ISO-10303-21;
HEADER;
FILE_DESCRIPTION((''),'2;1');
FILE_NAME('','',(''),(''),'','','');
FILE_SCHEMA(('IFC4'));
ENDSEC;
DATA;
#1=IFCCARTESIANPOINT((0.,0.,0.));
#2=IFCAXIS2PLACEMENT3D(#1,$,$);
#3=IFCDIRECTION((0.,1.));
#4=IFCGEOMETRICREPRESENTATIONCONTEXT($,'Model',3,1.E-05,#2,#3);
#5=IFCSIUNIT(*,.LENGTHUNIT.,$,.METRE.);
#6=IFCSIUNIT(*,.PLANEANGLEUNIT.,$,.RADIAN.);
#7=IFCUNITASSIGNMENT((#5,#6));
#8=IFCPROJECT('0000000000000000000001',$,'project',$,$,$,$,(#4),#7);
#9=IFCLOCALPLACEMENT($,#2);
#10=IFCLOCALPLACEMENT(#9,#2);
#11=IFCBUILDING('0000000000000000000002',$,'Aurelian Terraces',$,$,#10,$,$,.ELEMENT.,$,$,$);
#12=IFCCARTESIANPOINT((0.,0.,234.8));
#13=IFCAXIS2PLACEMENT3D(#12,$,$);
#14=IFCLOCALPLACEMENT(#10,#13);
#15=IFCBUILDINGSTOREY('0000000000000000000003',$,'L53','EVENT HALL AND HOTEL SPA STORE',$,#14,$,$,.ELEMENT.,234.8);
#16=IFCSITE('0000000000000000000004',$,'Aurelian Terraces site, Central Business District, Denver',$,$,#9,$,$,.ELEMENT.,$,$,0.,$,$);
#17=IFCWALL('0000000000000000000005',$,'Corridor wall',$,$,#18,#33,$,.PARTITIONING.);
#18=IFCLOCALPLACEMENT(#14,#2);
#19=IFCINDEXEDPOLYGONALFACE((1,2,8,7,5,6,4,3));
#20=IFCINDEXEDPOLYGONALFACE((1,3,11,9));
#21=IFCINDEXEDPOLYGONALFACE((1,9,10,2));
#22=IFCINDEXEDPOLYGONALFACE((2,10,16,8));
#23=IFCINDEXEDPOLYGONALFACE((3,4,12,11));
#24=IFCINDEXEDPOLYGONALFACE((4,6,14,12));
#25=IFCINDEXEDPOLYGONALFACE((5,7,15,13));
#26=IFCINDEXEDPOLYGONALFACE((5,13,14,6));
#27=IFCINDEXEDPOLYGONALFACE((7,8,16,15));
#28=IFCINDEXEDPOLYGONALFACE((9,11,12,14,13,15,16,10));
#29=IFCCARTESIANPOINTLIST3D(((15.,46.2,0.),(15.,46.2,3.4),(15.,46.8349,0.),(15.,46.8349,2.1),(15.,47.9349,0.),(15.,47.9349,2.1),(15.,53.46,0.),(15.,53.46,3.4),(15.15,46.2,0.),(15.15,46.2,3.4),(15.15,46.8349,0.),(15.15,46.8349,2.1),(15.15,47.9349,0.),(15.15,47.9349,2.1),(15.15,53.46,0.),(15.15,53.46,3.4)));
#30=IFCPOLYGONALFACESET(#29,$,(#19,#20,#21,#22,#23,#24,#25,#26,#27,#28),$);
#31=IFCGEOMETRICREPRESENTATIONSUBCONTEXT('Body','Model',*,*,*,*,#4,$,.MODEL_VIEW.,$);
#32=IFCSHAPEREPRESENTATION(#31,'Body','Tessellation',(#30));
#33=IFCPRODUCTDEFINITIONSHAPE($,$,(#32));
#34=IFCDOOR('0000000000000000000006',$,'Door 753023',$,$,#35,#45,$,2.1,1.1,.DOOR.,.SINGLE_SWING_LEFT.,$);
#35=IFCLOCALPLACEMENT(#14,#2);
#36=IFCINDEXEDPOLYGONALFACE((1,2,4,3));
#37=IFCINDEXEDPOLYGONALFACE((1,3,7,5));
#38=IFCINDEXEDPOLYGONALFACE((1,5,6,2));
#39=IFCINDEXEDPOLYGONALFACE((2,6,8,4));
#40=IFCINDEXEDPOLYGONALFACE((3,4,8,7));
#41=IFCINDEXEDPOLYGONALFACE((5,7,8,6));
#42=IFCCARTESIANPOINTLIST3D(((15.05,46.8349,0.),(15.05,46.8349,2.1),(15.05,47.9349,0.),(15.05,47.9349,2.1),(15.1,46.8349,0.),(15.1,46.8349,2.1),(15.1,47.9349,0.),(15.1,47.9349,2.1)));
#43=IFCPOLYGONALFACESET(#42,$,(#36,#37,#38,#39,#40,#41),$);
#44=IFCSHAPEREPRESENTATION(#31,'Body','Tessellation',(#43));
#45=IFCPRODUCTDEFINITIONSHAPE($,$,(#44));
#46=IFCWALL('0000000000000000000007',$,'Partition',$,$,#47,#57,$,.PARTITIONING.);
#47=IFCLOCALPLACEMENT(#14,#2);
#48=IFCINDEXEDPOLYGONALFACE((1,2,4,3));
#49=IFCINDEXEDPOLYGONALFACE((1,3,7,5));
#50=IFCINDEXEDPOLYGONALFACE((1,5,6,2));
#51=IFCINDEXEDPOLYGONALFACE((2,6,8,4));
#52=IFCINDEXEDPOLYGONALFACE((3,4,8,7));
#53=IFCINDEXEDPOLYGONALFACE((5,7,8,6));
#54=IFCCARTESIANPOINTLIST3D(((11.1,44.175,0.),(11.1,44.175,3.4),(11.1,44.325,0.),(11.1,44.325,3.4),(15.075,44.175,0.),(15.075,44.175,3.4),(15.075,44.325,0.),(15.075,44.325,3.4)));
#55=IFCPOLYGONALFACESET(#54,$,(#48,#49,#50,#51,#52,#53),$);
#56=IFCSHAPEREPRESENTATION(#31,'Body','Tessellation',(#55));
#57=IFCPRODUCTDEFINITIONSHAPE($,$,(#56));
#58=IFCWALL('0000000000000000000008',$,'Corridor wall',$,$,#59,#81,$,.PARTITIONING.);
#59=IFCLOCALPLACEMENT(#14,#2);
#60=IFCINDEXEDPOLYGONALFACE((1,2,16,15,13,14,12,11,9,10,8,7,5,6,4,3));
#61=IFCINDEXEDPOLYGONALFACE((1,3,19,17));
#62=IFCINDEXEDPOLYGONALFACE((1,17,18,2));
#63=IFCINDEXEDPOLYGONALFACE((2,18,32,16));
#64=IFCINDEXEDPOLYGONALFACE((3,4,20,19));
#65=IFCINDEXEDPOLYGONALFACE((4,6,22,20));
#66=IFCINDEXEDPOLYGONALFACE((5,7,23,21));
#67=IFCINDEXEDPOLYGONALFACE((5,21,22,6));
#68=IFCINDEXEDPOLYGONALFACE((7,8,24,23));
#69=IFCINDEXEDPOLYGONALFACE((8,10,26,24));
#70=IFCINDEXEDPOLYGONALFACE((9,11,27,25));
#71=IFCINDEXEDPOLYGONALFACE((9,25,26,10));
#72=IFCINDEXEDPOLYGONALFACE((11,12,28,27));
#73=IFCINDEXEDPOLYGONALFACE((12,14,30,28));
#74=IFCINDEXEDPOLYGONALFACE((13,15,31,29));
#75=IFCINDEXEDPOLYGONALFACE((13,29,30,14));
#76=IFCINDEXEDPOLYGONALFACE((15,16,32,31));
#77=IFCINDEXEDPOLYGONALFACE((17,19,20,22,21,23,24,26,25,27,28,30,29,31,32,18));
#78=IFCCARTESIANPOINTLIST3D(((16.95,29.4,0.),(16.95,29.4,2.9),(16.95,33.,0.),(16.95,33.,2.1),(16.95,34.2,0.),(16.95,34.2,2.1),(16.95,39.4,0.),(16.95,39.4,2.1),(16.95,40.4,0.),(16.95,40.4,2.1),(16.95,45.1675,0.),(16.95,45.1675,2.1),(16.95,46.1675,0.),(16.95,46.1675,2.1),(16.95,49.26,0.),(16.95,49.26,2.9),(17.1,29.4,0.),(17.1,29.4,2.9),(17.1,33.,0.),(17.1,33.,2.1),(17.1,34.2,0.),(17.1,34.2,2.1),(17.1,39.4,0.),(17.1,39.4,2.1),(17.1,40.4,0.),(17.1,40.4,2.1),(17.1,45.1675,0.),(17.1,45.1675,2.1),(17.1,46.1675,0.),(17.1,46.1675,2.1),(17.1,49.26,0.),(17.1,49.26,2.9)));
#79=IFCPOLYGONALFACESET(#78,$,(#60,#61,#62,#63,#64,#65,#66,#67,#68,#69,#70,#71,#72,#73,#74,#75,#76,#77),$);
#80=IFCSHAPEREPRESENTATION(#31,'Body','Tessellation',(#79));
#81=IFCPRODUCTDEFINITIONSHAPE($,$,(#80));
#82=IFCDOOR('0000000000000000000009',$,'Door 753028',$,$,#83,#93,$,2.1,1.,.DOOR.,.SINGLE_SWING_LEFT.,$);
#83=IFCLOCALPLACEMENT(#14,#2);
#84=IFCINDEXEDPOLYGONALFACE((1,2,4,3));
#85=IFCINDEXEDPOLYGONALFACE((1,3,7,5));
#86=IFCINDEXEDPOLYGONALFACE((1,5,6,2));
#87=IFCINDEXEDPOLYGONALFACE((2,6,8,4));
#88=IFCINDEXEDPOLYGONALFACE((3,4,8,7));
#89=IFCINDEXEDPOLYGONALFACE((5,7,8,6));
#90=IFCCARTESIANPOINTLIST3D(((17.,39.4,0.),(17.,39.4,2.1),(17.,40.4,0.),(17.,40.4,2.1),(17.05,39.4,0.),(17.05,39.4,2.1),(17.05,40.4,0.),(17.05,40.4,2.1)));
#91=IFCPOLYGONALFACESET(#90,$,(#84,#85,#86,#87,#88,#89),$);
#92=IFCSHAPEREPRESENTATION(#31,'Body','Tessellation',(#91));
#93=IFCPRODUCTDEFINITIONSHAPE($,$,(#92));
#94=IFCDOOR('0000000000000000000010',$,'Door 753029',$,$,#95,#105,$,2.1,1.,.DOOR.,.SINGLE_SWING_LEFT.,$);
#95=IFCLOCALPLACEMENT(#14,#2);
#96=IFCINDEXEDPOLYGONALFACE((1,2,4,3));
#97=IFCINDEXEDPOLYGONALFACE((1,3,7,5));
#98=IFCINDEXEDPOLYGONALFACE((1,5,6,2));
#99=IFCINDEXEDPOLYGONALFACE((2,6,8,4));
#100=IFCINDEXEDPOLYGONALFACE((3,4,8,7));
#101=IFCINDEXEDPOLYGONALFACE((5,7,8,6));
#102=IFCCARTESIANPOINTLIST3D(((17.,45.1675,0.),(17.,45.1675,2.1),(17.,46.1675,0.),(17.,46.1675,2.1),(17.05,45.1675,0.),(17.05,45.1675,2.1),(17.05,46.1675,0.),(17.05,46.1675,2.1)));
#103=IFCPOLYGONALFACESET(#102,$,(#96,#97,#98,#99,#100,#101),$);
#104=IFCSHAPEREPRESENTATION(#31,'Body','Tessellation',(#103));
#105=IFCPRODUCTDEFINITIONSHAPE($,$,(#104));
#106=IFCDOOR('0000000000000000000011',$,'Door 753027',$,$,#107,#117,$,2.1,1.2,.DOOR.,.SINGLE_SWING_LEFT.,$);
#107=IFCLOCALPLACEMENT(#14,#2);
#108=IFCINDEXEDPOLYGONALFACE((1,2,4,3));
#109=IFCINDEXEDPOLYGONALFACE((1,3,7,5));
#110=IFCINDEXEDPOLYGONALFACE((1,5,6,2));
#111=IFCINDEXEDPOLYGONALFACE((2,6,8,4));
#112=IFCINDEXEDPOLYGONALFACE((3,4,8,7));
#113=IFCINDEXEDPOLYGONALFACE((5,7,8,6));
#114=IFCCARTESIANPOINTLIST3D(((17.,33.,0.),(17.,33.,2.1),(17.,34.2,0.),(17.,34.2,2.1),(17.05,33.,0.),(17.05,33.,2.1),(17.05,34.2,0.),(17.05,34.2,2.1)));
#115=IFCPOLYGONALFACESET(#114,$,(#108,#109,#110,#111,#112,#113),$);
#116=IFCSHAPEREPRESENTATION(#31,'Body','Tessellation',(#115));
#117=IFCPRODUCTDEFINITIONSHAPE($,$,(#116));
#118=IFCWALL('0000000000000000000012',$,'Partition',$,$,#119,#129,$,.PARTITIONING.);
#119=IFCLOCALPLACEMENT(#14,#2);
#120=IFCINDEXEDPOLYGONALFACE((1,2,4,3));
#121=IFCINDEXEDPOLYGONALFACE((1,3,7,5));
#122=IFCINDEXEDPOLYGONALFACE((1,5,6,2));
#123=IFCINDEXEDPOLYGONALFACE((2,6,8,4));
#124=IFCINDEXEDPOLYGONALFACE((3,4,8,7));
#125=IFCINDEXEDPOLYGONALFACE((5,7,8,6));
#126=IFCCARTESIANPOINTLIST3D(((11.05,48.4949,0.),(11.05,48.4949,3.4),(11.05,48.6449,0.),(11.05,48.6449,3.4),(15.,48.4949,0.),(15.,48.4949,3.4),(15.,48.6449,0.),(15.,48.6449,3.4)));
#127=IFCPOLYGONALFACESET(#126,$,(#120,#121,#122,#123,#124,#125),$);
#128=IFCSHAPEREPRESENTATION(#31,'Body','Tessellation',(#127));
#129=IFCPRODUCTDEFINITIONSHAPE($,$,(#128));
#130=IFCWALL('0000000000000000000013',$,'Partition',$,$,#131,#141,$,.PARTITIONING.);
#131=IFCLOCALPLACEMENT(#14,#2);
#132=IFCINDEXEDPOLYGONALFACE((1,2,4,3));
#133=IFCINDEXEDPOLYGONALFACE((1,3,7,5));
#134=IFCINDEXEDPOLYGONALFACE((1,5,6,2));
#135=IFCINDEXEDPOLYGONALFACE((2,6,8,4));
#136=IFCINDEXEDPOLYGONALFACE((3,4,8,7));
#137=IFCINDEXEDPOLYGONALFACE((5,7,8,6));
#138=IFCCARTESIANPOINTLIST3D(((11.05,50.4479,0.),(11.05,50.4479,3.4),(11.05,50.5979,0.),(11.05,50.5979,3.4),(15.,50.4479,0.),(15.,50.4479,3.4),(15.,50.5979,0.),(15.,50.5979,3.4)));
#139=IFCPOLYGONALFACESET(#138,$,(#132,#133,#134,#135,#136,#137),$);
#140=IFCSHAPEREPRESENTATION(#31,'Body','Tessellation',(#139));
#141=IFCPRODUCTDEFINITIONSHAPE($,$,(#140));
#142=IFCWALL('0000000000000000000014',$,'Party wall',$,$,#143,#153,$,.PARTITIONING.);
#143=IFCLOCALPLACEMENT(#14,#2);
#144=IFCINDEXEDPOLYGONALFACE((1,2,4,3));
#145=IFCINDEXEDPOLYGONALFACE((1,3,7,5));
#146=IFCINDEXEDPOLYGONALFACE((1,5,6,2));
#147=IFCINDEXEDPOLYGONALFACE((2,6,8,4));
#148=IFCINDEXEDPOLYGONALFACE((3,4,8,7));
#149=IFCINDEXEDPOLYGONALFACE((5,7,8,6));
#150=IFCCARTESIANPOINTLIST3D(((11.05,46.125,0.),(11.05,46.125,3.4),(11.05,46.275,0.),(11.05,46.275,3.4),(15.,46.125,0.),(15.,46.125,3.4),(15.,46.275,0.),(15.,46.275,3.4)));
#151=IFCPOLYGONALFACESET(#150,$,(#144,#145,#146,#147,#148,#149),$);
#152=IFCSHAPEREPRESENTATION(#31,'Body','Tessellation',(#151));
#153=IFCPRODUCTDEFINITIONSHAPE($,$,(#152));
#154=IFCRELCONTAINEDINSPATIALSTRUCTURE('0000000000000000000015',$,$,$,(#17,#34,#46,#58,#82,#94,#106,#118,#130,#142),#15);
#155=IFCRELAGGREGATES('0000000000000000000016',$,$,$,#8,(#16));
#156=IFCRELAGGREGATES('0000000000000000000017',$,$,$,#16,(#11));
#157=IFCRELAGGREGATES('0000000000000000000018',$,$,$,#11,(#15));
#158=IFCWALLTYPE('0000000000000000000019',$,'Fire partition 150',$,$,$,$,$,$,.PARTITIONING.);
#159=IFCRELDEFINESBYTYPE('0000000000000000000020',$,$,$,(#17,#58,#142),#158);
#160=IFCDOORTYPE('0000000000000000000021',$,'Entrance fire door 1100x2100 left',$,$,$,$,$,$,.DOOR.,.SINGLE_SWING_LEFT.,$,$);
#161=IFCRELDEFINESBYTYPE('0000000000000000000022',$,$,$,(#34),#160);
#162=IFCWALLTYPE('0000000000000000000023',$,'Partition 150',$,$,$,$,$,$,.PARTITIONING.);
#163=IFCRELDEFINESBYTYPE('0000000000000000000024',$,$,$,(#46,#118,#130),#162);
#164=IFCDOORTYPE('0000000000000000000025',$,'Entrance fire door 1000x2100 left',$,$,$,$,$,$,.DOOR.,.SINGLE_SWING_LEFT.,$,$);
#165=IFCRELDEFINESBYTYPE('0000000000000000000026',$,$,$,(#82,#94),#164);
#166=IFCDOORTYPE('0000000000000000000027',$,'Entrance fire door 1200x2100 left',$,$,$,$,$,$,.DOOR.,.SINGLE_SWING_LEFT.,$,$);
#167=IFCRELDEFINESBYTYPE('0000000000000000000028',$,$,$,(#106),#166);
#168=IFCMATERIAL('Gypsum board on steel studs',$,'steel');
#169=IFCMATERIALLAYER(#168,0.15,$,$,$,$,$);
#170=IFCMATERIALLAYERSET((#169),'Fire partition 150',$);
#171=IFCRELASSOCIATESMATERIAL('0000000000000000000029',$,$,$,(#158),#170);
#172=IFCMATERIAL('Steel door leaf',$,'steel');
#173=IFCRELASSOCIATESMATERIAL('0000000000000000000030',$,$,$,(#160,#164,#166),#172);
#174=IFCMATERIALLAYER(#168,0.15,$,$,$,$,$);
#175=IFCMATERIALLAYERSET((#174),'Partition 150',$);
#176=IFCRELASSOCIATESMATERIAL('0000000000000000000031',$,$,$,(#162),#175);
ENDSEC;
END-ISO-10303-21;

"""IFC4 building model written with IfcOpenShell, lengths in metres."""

from ifc_helpers import new_model, si_unit, direction, frame, frame_2d, origin, place, context, subcontext, project, spatial, rectangle, extrude, source, transform, mapped, material, layer, layer_set, type_object, element, fill, save


model = new_model("IFC4")

# Units and contexts
model_context = context("Model", 3, precision=1e-05, world=origin(), true_north=direction((0.0, 1.0)))
body_context = subcontext(model_context, "Body", "Model", "MODEL_VIEW")
ifc_project = project(units=[si_unit("LENGTHUNIT", "METRE"), si_unit("PLANEANGLEUNIT", "RADIAN")], contexts=[model_context])

# Site, building, storey
site_placement = place(None, origin())
site = spatial("IfcSite", under=ifc_project, at=site_placement, Name="Aurelian Terraces site, Central Business District, Denver", CompositionType="ELEMENT", RefElevation=0.0)
building_placement = place(site_placement, origin())
building = spatial("IfcBuilding", under=site, at=building_placement, Name="Aurelian Terraces", CompositionType="ELEMENT")
storey_placement = place(building_placement, frame((0.0, 0.0, 234.8)))
storey = spatial("IfcBuildingStorey", under=building, at=storey_placement, Name="L53", Description="EVENT HALL AND HOTEL SPA STORE", CompositionType="ELEMENT", Elevation=234.8)

# Shared definitions
ifc_material_1 = material(Name="Gypsum board on steel studs", Category="steel")
ifc_layer_1 = layer(ifc_material_1, 0.15)
ifc_layer_set_1 = layer_set([ifc_layer_1], Name="Fire partition 150")
wall_type_1 = type_object("IfcWallType", Name="Fire partition 150", PredefinedType="PARTITIONING", material=ifc_layer_set_1)

# Wall, opening, door
shared_shape_1 = source(origin(), body_context, "Body", "SweptSolid", [
    extrude(rectangle(XDim=7.26, YDim=0.15, at=frame_2d((3.63, 0.0))), origin(), (0.0, 0.0, 1.0), 3.4),
])
wall_1_placement = place(storey_placement, frame((15.075, 46.2, 0.0), z_axis=(0.0, 0.0, 1.0), x_axis=(0.0, 1.0, 0.0)))
wall_1 = element("IfcWall", 1, at=wall_1_placement, inside=storey, type_object=wall_type_1, Name="Corridor wall", PredefinedType="PARTITIONING", context=body_context, shape_type="MappedRepresentation", body=[
    mapped(shared_shape_1, transform((0.0, 0.0, 0.0), scale=1.0)),
])
shared_shape_2 = source(origin(), body_context, "Body", "SweptSolid", [
    extrude(rectangle(XDim=1.1, YDim=2.1, at=frame_2d((0.55, 1.05))), frame((0.0, 0.085, 0.0), z_axis=(0.0, -1.0, 0.0), x_axis=(1.0, 0.0, 0.0)), (0.0, 0.0, 1.0), 0.17),
])
opening_1_placement = place(wall_1_placement, frame((0.6349, 0.0, 0.0)))
opening_1 = element("IfcOpeningElement", 2, at=opening_1_placement, cuts=wall_1, PredefinedType="OPENING", context=body_context, shape_type="MappedRepresentation", body=[
    mapped(shared_shape_2, transform((0.0, 0.0, 0.0), scale=1.0)),
])
ifc_material_2 = material(Name="Steel door leaf", Category="steel")
door_type_1 = type_object("IfcDoorType", Name="Entrance fire door 1100x2100 left", OperationType="SINGLE_SWING_LEFT", PredefinedType="DOOR", material=ifc_material_2)
shared_shape_3 = source(origin(), body_context, "Body", "SweptSolid", [
    extrude(rectangle(XDim=1.1, YDim=2.1, at=frame_2d((0.55, 1.05))), frame((0.0, 0.025, 0.0), z_axis=(0.0, -1.0, 0.0), x_axis=(1.0, 0.0, 0.0)), (0.0, 0.0, 1.0), 0.05),
])
door_1_placement = place(opening_1_placement, origin())
door_1 = element("IfcDoor", 3, at=door_1_placement, inside=storey, type_object=door_type_1, Name="Door 753023", OperationType="SINGLE_SWING_LEFT", OverallHeight=2.1, OverallWidth=1.1, PredefinedType="DOOR", context=body_context, shape_type="MappedRepresentation", body=[
    mapped(shared_shape_3, transform((0.0, 0.0, 0.0), scale=1.0)),
])
fill(opening_1, door_1)

# Wall
ifc_layer_2 = layer(ifc_material_1, 0.15)
ifc_layer_set_2 = layer_set([ifc_layer_2], Name="Partition 150")
wall_type_2 = type_object("IfcWallType", Name="Partition 150", PredefinedType="PARTITIONING", material=ifc_layer_set_2)
shared_shape_4 = source(origin(), body_context, "Body", "SweptSolid", [
    extrude(rectangle(XDim=3.975, YDim=0.15, at=frame_2d((1.9875, 0.0))), origin(), (0.0, 0.0, 1.0), 3.4),
])
wall_2_placement = place(storey_placement, frame((15.075, 44.25, 0.0), z_axis=(0.0, 0.0, 1.0), x_axis=(-1.0, 0.0, 0.0)))
element("IfcWall", 4, at=wall_2_placement, inside=storey, type_object=wall_type_2, Name="Partition", PredefinedType="PARTITIONING", context=body_context, shape_type="MappedRepresentation", body=[
    mapped(shared_shape_4, transform((0.0, 0.0, 0.0), scale=1.0)),
])

# Wall, openings, doors
shared_shape_5 = source(origin(), body_context, "Body", "SweptSolid", [
    extrude(rectangle(XDim=19.86, YDim=0.15, at=frame_2d((9.93, 0.0))), origin(), (0.0, 0.0, 1.0), 2.9),
])
wall_3_placement = place(storey_placement, frame((17.025, 49.26, 0.0), z_axis=(0.0, 0.0, 1.0), x_axis=(0.0, -1.0, 0.0)))
wall_3 = element("IfcWall", 5, at=wall_3_placement, inside=storey, type_object=wall_type_1, Name="Corridor wall", PredefinedType="PARTITIONING", context=body_context, shape_type="MappedRepresentation", body=[
    mapped(shared_shape_5, transform((0.0, 0.0, 0.0), scale=1.0)),
])
shared_shape_6 = source(origin(), body_context, "Body", "SweptSolid", [
    extrude(rectangle(XDim=1.2, YDim=2.1, at=frame_2d((0.6, 1.05))), frame((0.0, 0.085, 0.0), z_axis=(0.0, -1.0, 0.0), x_axis=(1.0, 0.0, 0.0)), (0.0, 0.0, 1.0), 0.17),
])
opening_2_placement = place(wall_3_placement, frame((15.06, 0.0, 0.0)))
opening_2 = element("IfcOpeningElement", 6, at=opening_2_placement, cuts=wall_3, PredefinedType="OPENING", context=body_context, shape_type="MappedRepresentation", body=[
    mapped(shared_shape_6, transform((0.0, 0.0, 0.0), scale=1.0)),
])
shared_shape_7 = source(origin(), body_context, "Body", "SweptSolid", [
    extrude(rectangle(XDim=1.0, YDim=2.1, at=frame_2d((0.5, 1.05))), frame((0.0, 0.085, 0.0), z_axis=(0.0, -1.0, 0.0), x_axis=(1.0, 0.0, 0.0)), (0.0, 0.0, 1.0), 0.17),
])
opening_3_placement = place(wall_3_placement, frame((8.86, 0.0, 0.0)))
opening_3 = element("IfcOpeningElement", 7, at=opening_3_placement, cuts=wall_3, PredefinedType="OPENING", context=body_context, shape_type="MappedRepresentation", body=[
    mapped(shared_shape_7, transform((0.0, 0.0, 0.0), scale=1.0)),
])
opening_4_placement = place(wall_3_placement, frame((3.0925, 0.0, 0.0)))
opening_4 = element("IfcOpeningElement", 8, at=opening_4_placement, cuts=wall_3, PredefinedType="OPENING", context=body_context, shape_type="MappedRepresentation", body=[
    mapped(shared_shape_7, transform((0.0, 0.0, 0.0), scale=1.0)),
])
door_type_2 = type_object("IfcDoorType", Name="Entrance fire door 1000x2100 left", OperationType="SINGLE_SWING_LEFT", PredefinedType="DOOR", material=ifc_material_2)
shared_shape_8 = source(origin(), body_context, "Body", "SweptSolid", [
    extrude(rectangle(XDim=1.0, YDim=2.1, at=frame_2d((0.5, 1.05))), frame((0.0, 0.025, 0.0), z_axis=(0.0, -1.0, 0.0), x_axis=(1.0, 0.0, 0.0)), (0.0, 0.0, 1.0), 0.05),
])
door_2_placement = place(opening_3_placement, origin())
door_2 = element("IfcDoor", 9, at=door_2_placement, inside=storey, type_object=door_type_2, Name="Door 753028", OperationType="SINGLE_SWING_LEFT", OverallHeight=2.1, OverallWidth=1.0, PredefinedType="DOOR", context=body_context, shape_type="MappedRepresentation", body=[
    mapped(shared_shape_8, transform((0.0, 0.0, 0.0), scale=1.0)),
])
fill(opening_3, door_2)
door_3_placement = place(opening_4_placement, origin())
door_3 = element("IfcDoor", 10, at=door_3_placement, inside=storey, type_object=door_type_2, Name="Door 753029", OperationType="SINGLE_SWING_LEFT", OverallHeight=2.1, OverallWidth=1.0, PredefinedType="DOOR", context=body_context, shape_type="MappedRepresentation", body=[
    mapped(shared_shape_8, transform((0.0, 0.0, 0.0), scale=1.0)),
])
fill(opening_4, door_3)
door_type_3 = type_object("IfcDoorType", Name="Entrance fire door 1200x2100 left", OperationType="SINGLE_SWING_LEFT", PredefinedType="DOOR", material=ifc_material_2)
shared_shape_9 = source(origin(), body_context, "Body", "SweptSolid", [
    extrude(rectangle(XDim=1.2, YDim=2.1, at=frame_2d((0.6, 1.05))), frame((0.0, 0.025, 0.0), z_axis=(0.0, -1.0, 0.0), x_axis=(1.0, 0.0, 0.0)), (0.0, 0.0, 1.0), 0.05),
])
door_4_placement = place(opening_2_placement, origin())
door_4 = element("IfcDoor", 11, at=door_4_placement, inside=storey, type_object=door_type_3, Name="Door 753027", OperationType="SINGLE_SWING_LEFT", OverallHeight=2.1, OverallWidth=1.2, PredefinedType="DOOR", context=body_context, shape_type="MappedRepresentation", body=[
    mapped(shared_shape_9, transform((0.0, 0.0, 0.0), scale=1.0)),
])
fill(opening_2, door_4)

# Walls
shared_shape_10 = source(origin(), body_context, "Body", "SweptSolid", [
    extrude(rectangle(XDim=3.95, YDim=0.15, at=frame_2d((1.975, 0.0))), origin(), (0.0, 0.0, 1.0), 3.4),
])
for number, where, z_axis, x_axis, name in (
    (12, (15.0, 48.5699, 0.0), (0.0, 0.0, 1.0), (-1.0, 0.0, 0.0), "Partition"),
    (13, (15.0, 50.5229, 0.0), (0.0, 0.0, 1.0), (-1.0, 0.0, 0.0), "Partition"),
):
    element("IfcWall", number, at=place(storey_placement, frame(where, z_axis=z_axis, x_axis=x_axis)), inside=storey, type_object=wall_type_2, Name=name, PredefinedType="PARTITIONING", context=body_context, shape_type="MappedRepresentation", body=[
        mapped(shared_shape_10, transform((0.0, 0.0, 0.0), scale=1.0)),
    ])
wall_4_placement = place(storey_placement, frame((15.0, 46.2, 0.0), z_axis=(0.0, 0.0, 1.0), x_axis=(-1.0, 0.0, 0.0)))
element("IfcWall", 14, at=wall_4_placement, inside=storey, type_object=wall_type_1, Name="Party wall", PredefinedType="PARTITIONING", context=body_context, shape_type="MappedRepresentation", body=[
    mapped(shared_shape_10, transform((0.0, 0.0, 0.0), scale=1.0)),
])

save(model, "model.ifc")
